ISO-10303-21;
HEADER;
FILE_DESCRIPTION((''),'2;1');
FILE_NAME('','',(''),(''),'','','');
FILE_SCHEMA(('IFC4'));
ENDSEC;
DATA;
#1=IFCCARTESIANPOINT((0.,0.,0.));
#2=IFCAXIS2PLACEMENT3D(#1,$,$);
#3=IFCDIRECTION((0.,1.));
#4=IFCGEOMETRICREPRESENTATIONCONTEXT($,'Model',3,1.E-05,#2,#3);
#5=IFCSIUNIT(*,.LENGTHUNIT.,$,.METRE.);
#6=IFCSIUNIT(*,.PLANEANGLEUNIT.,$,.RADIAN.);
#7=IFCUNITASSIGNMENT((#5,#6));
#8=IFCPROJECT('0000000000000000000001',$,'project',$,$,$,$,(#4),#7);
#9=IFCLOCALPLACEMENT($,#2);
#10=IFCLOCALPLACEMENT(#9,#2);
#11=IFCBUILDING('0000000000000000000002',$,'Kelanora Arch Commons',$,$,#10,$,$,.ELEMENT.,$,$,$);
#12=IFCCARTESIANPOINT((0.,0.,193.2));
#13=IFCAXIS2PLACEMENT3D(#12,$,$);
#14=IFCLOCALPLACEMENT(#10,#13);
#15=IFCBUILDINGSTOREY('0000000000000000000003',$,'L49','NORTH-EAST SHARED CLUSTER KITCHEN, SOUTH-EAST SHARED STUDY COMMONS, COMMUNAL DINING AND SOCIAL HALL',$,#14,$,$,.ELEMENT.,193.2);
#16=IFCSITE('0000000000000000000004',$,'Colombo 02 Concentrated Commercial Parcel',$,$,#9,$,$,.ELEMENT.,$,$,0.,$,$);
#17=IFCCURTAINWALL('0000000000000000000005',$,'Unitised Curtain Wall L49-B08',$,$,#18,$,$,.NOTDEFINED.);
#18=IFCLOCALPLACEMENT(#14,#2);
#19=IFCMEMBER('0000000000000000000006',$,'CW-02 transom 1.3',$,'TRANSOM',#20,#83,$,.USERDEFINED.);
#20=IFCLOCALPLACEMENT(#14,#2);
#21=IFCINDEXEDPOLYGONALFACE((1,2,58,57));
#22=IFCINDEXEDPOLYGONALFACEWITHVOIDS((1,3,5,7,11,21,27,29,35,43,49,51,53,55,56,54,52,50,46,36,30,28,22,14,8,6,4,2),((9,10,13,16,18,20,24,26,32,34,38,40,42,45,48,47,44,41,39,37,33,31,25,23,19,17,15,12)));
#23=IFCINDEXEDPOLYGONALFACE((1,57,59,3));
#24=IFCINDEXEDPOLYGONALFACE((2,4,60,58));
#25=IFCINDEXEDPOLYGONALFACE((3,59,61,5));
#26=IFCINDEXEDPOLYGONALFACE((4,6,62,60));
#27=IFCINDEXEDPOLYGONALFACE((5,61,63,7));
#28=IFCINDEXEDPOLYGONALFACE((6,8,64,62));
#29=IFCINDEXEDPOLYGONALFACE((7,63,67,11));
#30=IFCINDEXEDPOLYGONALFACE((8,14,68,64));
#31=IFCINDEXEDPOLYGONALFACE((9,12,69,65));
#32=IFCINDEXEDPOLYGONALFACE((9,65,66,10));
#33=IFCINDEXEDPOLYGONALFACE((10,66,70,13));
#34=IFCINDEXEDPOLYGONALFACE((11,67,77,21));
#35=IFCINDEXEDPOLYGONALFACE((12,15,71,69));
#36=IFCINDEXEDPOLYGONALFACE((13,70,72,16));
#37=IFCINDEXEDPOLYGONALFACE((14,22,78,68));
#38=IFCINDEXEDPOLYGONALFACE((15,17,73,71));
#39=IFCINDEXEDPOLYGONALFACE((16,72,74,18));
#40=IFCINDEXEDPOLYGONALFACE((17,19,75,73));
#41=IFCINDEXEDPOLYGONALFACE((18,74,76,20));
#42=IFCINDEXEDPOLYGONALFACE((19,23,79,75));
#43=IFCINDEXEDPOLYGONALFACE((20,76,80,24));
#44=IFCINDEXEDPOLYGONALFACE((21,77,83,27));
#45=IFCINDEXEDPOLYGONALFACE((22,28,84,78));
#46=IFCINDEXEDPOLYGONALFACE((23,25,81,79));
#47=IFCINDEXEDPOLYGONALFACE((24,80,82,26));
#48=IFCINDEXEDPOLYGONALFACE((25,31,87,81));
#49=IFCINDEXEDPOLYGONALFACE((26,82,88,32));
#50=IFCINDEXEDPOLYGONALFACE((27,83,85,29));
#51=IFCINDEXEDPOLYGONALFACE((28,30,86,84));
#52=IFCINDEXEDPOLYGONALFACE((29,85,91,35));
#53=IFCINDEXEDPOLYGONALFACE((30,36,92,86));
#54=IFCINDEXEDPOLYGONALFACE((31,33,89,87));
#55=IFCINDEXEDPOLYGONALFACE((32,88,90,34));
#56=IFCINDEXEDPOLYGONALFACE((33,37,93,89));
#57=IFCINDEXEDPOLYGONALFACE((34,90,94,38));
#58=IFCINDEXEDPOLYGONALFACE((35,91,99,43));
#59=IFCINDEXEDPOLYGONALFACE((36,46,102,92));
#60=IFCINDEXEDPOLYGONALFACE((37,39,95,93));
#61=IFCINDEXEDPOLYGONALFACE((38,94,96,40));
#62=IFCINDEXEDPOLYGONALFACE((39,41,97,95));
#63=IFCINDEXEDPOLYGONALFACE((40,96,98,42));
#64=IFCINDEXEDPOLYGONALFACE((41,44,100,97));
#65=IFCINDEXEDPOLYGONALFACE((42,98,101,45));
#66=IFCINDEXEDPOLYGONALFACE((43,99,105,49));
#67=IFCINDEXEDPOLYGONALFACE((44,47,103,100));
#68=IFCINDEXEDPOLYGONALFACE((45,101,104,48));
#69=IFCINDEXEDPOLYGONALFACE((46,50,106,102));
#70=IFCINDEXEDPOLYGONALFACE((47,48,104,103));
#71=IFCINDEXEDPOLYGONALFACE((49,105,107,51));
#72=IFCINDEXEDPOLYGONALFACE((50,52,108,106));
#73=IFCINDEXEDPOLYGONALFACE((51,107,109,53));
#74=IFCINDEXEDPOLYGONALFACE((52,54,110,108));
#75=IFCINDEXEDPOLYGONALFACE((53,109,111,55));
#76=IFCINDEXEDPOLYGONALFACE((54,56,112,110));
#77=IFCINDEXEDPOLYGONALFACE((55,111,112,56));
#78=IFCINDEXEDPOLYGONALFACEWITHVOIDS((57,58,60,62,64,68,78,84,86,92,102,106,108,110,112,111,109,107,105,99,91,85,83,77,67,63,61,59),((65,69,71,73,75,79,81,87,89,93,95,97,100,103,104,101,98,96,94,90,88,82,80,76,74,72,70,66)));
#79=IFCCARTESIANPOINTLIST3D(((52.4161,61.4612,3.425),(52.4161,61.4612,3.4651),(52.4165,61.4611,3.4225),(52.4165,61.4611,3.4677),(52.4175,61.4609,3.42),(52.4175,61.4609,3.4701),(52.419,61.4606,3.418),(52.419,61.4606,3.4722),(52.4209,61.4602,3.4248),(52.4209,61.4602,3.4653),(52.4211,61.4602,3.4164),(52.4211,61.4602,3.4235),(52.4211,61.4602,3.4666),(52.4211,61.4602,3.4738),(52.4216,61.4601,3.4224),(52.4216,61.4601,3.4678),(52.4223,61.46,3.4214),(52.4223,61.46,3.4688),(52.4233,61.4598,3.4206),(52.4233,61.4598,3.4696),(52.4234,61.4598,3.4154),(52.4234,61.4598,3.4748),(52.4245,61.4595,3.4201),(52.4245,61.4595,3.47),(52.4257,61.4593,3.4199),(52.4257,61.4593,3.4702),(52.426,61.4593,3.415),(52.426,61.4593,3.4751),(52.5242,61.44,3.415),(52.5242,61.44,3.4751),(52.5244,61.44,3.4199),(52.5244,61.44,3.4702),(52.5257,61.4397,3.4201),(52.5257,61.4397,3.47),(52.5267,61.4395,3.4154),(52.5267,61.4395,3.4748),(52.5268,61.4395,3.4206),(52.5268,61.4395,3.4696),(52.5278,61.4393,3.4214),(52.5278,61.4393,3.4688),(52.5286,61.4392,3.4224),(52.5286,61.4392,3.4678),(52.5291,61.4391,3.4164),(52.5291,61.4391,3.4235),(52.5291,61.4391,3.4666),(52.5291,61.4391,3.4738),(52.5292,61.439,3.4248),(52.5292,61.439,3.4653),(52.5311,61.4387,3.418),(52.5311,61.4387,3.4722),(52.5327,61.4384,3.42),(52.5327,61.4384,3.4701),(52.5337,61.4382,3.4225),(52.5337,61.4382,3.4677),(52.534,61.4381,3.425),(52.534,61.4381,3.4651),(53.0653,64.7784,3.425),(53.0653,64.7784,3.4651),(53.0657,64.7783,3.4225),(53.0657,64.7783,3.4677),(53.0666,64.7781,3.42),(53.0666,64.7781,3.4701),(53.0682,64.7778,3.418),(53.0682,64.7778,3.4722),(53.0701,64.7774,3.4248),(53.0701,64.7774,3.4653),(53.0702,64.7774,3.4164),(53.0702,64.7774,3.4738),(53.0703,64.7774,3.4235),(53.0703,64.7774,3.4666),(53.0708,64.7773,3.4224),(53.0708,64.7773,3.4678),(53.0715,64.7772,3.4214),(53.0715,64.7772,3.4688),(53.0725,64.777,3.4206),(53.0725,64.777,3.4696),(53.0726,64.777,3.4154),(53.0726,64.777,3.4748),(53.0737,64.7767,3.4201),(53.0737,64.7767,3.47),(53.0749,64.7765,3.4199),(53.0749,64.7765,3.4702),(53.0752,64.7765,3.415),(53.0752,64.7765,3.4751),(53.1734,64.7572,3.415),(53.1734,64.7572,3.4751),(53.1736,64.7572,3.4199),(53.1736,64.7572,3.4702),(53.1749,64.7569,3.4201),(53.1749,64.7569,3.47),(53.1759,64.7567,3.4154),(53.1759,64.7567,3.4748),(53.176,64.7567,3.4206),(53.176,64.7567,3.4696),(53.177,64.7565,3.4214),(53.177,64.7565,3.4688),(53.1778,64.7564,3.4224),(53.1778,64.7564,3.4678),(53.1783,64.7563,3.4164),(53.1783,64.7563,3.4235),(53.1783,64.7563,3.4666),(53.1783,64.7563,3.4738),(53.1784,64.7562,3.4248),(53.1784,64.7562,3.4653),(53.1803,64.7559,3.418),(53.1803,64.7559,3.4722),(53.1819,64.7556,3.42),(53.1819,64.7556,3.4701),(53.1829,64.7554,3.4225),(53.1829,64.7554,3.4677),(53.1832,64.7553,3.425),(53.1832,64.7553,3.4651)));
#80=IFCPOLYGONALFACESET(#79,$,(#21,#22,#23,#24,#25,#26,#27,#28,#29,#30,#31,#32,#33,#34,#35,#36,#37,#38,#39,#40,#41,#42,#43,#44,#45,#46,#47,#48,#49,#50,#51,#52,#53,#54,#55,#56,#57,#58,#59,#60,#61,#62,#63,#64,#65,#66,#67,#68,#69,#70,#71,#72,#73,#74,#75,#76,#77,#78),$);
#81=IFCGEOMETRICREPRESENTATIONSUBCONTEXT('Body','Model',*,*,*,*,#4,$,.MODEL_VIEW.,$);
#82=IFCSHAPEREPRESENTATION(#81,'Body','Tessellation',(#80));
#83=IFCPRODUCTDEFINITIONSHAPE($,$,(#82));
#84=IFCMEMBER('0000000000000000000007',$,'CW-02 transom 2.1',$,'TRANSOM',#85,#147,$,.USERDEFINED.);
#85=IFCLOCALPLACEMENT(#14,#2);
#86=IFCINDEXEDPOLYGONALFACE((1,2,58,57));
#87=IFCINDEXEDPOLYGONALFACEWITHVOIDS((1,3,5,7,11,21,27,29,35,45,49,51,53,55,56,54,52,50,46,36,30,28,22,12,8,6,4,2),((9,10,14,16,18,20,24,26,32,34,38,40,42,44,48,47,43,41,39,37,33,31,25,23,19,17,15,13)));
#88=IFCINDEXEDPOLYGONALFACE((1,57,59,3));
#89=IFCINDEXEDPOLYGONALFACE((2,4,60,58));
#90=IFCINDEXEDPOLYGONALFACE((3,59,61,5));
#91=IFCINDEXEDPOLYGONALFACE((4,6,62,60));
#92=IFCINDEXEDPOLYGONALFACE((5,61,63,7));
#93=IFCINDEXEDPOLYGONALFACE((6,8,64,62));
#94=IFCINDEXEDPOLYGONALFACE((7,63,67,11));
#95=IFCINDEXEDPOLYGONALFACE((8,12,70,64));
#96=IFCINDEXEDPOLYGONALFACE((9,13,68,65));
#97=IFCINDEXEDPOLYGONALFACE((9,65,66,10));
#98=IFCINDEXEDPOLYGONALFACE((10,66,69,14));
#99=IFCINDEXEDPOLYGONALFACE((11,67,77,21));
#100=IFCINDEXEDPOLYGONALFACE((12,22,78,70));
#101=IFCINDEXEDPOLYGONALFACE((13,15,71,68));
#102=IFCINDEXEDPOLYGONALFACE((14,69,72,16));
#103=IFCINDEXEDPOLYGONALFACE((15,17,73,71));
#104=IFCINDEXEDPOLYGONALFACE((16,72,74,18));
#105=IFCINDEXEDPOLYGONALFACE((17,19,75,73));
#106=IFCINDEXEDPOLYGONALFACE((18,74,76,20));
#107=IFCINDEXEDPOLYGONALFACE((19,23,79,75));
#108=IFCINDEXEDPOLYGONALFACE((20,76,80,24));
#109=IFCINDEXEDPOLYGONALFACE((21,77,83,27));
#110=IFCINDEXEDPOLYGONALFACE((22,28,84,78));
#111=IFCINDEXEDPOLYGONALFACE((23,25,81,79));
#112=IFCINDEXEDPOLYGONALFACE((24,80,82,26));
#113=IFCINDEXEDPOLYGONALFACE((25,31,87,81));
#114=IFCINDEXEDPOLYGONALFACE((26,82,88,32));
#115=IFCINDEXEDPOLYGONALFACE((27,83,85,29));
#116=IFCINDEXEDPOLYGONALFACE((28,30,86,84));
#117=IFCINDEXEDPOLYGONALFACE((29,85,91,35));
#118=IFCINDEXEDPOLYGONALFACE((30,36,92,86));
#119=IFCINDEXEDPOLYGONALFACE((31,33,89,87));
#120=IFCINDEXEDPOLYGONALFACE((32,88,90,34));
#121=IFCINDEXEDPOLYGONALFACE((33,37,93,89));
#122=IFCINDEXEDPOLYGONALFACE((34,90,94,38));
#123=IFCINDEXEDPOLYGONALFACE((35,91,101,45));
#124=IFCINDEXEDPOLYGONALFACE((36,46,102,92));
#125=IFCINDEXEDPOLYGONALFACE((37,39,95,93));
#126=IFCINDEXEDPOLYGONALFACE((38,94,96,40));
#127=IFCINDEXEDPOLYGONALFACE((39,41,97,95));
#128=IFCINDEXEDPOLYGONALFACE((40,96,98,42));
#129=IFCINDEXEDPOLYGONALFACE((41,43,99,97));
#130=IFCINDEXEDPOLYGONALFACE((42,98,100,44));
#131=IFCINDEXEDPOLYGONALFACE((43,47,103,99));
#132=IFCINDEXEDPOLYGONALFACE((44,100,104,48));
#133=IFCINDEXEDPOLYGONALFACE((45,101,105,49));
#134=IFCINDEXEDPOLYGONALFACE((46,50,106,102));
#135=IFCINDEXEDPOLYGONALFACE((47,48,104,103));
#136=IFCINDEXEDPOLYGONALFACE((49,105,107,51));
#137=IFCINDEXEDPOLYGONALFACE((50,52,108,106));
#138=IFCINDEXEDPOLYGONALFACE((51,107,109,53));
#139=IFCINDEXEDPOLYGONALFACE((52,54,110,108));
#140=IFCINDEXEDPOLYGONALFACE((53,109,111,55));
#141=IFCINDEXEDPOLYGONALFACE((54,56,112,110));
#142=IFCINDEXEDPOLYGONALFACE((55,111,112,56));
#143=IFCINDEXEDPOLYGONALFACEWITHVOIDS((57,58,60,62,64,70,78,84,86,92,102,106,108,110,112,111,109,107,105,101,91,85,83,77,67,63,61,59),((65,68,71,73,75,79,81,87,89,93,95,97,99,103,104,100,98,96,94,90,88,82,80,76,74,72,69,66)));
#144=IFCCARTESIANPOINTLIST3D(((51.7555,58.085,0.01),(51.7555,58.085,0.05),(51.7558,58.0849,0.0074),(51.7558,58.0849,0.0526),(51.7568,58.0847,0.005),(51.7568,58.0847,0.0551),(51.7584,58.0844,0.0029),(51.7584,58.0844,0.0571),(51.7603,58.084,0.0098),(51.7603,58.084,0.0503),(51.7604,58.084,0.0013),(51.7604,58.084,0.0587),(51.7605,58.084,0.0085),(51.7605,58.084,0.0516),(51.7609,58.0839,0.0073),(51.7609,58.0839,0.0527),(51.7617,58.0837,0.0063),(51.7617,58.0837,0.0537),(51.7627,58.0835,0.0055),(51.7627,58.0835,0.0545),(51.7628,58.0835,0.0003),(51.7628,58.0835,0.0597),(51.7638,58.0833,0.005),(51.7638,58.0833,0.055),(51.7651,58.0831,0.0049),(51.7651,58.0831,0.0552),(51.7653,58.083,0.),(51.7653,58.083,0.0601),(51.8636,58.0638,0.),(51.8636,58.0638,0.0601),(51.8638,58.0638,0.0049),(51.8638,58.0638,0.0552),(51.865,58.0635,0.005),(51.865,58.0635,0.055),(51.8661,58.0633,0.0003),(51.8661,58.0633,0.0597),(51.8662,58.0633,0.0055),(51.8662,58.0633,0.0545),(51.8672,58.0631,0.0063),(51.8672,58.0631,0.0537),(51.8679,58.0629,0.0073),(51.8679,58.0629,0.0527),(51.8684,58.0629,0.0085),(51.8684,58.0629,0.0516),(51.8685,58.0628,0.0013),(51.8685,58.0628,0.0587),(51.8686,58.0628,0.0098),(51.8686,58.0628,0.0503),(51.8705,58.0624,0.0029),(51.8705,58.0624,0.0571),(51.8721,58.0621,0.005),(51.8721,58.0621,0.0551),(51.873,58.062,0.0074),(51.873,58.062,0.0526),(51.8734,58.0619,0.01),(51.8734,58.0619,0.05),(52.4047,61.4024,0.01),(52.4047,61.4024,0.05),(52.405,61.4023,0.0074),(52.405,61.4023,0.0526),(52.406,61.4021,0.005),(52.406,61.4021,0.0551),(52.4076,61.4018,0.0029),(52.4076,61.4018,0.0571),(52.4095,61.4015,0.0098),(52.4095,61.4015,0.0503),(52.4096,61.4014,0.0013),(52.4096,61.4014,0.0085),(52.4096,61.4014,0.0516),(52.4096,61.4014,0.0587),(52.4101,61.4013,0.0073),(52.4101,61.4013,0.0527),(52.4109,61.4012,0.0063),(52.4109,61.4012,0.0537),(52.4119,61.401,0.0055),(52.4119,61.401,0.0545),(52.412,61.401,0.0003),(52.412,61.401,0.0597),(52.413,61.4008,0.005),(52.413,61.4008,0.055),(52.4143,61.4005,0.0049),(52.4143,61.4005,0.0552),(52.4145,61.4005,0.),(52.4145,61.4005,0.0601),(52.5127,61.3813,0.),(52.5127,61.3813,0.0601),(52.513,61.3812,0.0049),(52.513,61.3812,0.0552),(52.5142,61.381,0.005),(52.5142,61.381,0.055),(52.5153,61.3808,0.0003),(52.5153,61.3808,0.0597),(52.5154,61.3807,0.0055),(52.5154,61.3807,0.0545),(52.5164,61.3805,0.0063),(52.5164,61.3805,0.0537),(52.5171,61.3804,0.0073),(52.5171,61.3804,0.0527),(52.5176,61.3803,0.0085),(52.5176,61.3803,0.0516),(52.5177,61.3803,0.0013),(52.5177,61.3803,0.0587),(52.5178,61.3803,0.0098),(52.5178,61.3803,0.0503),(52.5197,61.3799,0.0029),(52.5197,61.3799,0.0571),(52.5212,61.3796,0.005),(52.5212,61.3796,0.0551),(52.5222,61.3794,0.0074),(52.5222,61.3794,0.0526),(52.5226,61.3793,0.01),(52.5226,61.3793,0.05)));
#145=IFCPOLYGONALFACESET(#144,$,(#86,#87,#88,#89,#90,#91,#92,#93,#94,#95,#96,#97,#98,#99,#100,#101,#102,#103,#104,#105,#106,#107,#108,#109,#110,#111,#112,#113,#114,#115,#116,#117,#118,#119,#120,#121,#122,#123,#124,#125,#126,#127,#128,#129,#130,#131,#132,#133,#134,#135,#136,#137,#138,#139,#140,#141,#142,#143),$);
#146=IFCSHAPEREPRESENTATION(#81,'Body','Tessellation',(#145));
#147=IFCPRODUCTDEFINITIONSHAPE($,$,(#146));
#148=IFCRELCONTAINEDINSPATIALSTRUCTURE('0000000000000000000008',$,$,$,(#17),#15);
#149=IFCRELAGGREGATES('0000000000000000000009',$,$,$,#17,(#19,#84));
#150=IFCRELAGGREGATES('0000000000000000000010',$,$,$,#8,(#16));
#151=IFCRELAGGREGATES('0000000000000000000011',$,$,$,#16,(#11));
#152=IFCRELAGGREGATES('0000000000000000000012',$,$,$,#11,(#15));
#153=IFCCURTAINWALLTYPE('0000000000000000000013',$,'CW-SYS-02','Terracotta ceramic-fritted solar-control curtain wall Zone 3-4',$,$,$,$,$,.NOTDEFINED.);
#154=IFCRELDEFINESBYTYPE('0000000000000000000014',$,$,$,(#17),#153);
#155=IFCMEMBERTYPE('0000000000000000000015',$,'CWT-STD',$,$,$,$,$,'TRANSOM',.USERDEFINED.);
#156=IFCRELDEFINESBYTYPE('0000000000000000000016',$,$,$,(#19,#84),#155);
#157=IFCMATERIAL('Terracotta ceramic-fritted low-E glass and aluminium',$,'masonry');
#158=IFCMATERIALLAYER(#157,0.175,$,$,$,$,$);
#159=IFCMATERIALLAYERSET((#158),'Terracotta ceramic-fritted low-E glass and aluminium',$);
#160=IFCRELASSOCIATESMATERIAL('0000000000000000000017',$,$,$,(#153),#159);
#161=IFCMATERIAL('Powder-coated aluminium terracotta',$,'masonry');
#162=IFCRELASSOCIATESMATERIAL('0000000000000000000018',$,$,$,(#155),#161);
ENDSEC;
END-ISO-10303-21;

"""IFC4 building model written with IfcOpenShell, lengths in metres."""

from ifc_helpers import new_model, si_unit, direction, frame, origin, origin_2d, place, context, subcontext, project, spatial, hollow_rectangle, extrude, material, layer, layer_set, material_profile, profile_set, type_object, element, aggregate, save


model = new_model("IFC4")

# Units and contexts
model_context = context("Model", 3, precision=1e-05, world=origin(), true_north=direction((0.0, 1.0)))
body_context = subcontext(model_context, "Body", "Model", "MODEL_VIEW")
ifc_project = project(units=[si_unit("LENGTHUNIT", "METRE"), si_unit("PLANEANGLEUNIT", "RADIAN")], contexts=[model_context])

# Site, building, storey
site_placement = place(None, origin())
site = spatial("IfcSite", under=ifc_project, at=site_placement, Name="Colombo 02 Concentrated Commercial Parcel", CompositionType="ELEMENT", RefElevation=0.0)
building_placement = place(site_placement, origin())
building = spatial("IfcBuilding", under=site, at=building_placement, Name="Kelanora Arch Commons", CompositionType="ELEMENT")
storey_placement = place(building_placement, frame((0.0, 0.0, 193.2)))
storey = spatial("IfcBuildingStorey", under=building, at=storey_placement, Name="L49", Description="NORTH-EAST SHARED CLUSTER KITCHEN, SOUTH-EAST SHARED STUDY COMMONS, COMMUNAL DINING AND SOCIAL HALL", CompositionType="ELEMENT", Elevation=193.2)

# Curtain wall, members
ifc_material_1 = material(Name="Terracotta ceramic-fritted low-E glass and aluminium", Category="masonry")
ifc_layer_1 = layer(ifc_material_1, 0.175)
ifc_layer_set_1 = layer_set([ifc_layer_1], Name="Terracotta ceramic-fritted low-E glass and aluminium")
curtain_wall_type = type_object("IfcCurtainWallType", Name="CW-SYS-02", Description="Terracotta ceramic-fritted solar-control curtain wall Zone 3-4", PredefinedType="NOTDEFINED", material=ifc_layer_set_1)
curtain_wall_placement = place(storey_placement, origin())
curtain_wall = element("IfcCurtainWall", 1, at=curtain_wall_placement, inside=storey, type_object=curtain_wall_type, Name="Unitised Curtain Wall L49-B08", PredefinedType="NOTDEFINED")
ifc_material_2 = material(Name="Powder-coated aluminium terracotta", Category="masonry")
ifc_material_profile_1 = material_profile(ifc_material_2, hollow_rectangle(XDim=0.1201, YDim=0.0601, WallThickness=0.0049, InnerFilletRadius=0.0049, OuterFilletRadius=0.01, at=origin_2d()), Name="CWT120x60")
ifc_profile_set_1 = profile_set([ifc_material_profile_1], Name="Powder-coated aluminium terracotta")
member_type_1 = type_object("IfcMemberType", Name="CWT-STD", ElementType="TRANSOM", PredefinedType="USERDEFINED", material=ifc_profile_set_1)
member_1_placement = place(storey_placement, frame((53.1243, 64.7668, 3.4451), z_axis=(-0.192058, -0.981383, 0.0), x_axis=(0.981383, -0.192058, 0.0)))
member_1 = element("IfcMember", 2, at=member_1_placement, type_object=member_type_1, Name="CW-02 transom 1.3", ObjectType="TRANSOM", PredefinedType="USERDEFINED", context=body_context, shape_type="SweptSolid", body=[
    extrude(hollow_rectangle(XDim=0.1201, YDim=0.0601, WallThickness=0.0049, InnerFilletRadius=0.0049, OuterFilletRadius=0.01, at=origin_2d()), origin(), (0.0, 0.0, 1.0), 3.3801),
])
member_2_placement = place(storey_placement, frame((52.4636, 61.3909, 0.03), z_axis=(-0.192045, -0.981386, 0.0), x_axis=(0.981386, -0.192045, 0.0)))
member_2 = element("IfcMember", 3, at=member_2_placement, type_object=member_type_1, Name="CW-02 transom 2.1", ObjectType="TRANSOM", PredefinedType="USERDEFINED", context=body_context, shape_type="SweptSolid", body=[
    extrude(hollow_rectangle(XDim=0.1201, YDim=0.0601, WallThickness=0.0049, InnerFilletRadius=0.0049, OuterFilletRadius=0.01, at=origin_2d()), origin(), (0.0, 0.0, 1.0), 3.3804),
])
aggregate(curtain_wall, [member_1, member_2])

save(model, "model.ifc")
